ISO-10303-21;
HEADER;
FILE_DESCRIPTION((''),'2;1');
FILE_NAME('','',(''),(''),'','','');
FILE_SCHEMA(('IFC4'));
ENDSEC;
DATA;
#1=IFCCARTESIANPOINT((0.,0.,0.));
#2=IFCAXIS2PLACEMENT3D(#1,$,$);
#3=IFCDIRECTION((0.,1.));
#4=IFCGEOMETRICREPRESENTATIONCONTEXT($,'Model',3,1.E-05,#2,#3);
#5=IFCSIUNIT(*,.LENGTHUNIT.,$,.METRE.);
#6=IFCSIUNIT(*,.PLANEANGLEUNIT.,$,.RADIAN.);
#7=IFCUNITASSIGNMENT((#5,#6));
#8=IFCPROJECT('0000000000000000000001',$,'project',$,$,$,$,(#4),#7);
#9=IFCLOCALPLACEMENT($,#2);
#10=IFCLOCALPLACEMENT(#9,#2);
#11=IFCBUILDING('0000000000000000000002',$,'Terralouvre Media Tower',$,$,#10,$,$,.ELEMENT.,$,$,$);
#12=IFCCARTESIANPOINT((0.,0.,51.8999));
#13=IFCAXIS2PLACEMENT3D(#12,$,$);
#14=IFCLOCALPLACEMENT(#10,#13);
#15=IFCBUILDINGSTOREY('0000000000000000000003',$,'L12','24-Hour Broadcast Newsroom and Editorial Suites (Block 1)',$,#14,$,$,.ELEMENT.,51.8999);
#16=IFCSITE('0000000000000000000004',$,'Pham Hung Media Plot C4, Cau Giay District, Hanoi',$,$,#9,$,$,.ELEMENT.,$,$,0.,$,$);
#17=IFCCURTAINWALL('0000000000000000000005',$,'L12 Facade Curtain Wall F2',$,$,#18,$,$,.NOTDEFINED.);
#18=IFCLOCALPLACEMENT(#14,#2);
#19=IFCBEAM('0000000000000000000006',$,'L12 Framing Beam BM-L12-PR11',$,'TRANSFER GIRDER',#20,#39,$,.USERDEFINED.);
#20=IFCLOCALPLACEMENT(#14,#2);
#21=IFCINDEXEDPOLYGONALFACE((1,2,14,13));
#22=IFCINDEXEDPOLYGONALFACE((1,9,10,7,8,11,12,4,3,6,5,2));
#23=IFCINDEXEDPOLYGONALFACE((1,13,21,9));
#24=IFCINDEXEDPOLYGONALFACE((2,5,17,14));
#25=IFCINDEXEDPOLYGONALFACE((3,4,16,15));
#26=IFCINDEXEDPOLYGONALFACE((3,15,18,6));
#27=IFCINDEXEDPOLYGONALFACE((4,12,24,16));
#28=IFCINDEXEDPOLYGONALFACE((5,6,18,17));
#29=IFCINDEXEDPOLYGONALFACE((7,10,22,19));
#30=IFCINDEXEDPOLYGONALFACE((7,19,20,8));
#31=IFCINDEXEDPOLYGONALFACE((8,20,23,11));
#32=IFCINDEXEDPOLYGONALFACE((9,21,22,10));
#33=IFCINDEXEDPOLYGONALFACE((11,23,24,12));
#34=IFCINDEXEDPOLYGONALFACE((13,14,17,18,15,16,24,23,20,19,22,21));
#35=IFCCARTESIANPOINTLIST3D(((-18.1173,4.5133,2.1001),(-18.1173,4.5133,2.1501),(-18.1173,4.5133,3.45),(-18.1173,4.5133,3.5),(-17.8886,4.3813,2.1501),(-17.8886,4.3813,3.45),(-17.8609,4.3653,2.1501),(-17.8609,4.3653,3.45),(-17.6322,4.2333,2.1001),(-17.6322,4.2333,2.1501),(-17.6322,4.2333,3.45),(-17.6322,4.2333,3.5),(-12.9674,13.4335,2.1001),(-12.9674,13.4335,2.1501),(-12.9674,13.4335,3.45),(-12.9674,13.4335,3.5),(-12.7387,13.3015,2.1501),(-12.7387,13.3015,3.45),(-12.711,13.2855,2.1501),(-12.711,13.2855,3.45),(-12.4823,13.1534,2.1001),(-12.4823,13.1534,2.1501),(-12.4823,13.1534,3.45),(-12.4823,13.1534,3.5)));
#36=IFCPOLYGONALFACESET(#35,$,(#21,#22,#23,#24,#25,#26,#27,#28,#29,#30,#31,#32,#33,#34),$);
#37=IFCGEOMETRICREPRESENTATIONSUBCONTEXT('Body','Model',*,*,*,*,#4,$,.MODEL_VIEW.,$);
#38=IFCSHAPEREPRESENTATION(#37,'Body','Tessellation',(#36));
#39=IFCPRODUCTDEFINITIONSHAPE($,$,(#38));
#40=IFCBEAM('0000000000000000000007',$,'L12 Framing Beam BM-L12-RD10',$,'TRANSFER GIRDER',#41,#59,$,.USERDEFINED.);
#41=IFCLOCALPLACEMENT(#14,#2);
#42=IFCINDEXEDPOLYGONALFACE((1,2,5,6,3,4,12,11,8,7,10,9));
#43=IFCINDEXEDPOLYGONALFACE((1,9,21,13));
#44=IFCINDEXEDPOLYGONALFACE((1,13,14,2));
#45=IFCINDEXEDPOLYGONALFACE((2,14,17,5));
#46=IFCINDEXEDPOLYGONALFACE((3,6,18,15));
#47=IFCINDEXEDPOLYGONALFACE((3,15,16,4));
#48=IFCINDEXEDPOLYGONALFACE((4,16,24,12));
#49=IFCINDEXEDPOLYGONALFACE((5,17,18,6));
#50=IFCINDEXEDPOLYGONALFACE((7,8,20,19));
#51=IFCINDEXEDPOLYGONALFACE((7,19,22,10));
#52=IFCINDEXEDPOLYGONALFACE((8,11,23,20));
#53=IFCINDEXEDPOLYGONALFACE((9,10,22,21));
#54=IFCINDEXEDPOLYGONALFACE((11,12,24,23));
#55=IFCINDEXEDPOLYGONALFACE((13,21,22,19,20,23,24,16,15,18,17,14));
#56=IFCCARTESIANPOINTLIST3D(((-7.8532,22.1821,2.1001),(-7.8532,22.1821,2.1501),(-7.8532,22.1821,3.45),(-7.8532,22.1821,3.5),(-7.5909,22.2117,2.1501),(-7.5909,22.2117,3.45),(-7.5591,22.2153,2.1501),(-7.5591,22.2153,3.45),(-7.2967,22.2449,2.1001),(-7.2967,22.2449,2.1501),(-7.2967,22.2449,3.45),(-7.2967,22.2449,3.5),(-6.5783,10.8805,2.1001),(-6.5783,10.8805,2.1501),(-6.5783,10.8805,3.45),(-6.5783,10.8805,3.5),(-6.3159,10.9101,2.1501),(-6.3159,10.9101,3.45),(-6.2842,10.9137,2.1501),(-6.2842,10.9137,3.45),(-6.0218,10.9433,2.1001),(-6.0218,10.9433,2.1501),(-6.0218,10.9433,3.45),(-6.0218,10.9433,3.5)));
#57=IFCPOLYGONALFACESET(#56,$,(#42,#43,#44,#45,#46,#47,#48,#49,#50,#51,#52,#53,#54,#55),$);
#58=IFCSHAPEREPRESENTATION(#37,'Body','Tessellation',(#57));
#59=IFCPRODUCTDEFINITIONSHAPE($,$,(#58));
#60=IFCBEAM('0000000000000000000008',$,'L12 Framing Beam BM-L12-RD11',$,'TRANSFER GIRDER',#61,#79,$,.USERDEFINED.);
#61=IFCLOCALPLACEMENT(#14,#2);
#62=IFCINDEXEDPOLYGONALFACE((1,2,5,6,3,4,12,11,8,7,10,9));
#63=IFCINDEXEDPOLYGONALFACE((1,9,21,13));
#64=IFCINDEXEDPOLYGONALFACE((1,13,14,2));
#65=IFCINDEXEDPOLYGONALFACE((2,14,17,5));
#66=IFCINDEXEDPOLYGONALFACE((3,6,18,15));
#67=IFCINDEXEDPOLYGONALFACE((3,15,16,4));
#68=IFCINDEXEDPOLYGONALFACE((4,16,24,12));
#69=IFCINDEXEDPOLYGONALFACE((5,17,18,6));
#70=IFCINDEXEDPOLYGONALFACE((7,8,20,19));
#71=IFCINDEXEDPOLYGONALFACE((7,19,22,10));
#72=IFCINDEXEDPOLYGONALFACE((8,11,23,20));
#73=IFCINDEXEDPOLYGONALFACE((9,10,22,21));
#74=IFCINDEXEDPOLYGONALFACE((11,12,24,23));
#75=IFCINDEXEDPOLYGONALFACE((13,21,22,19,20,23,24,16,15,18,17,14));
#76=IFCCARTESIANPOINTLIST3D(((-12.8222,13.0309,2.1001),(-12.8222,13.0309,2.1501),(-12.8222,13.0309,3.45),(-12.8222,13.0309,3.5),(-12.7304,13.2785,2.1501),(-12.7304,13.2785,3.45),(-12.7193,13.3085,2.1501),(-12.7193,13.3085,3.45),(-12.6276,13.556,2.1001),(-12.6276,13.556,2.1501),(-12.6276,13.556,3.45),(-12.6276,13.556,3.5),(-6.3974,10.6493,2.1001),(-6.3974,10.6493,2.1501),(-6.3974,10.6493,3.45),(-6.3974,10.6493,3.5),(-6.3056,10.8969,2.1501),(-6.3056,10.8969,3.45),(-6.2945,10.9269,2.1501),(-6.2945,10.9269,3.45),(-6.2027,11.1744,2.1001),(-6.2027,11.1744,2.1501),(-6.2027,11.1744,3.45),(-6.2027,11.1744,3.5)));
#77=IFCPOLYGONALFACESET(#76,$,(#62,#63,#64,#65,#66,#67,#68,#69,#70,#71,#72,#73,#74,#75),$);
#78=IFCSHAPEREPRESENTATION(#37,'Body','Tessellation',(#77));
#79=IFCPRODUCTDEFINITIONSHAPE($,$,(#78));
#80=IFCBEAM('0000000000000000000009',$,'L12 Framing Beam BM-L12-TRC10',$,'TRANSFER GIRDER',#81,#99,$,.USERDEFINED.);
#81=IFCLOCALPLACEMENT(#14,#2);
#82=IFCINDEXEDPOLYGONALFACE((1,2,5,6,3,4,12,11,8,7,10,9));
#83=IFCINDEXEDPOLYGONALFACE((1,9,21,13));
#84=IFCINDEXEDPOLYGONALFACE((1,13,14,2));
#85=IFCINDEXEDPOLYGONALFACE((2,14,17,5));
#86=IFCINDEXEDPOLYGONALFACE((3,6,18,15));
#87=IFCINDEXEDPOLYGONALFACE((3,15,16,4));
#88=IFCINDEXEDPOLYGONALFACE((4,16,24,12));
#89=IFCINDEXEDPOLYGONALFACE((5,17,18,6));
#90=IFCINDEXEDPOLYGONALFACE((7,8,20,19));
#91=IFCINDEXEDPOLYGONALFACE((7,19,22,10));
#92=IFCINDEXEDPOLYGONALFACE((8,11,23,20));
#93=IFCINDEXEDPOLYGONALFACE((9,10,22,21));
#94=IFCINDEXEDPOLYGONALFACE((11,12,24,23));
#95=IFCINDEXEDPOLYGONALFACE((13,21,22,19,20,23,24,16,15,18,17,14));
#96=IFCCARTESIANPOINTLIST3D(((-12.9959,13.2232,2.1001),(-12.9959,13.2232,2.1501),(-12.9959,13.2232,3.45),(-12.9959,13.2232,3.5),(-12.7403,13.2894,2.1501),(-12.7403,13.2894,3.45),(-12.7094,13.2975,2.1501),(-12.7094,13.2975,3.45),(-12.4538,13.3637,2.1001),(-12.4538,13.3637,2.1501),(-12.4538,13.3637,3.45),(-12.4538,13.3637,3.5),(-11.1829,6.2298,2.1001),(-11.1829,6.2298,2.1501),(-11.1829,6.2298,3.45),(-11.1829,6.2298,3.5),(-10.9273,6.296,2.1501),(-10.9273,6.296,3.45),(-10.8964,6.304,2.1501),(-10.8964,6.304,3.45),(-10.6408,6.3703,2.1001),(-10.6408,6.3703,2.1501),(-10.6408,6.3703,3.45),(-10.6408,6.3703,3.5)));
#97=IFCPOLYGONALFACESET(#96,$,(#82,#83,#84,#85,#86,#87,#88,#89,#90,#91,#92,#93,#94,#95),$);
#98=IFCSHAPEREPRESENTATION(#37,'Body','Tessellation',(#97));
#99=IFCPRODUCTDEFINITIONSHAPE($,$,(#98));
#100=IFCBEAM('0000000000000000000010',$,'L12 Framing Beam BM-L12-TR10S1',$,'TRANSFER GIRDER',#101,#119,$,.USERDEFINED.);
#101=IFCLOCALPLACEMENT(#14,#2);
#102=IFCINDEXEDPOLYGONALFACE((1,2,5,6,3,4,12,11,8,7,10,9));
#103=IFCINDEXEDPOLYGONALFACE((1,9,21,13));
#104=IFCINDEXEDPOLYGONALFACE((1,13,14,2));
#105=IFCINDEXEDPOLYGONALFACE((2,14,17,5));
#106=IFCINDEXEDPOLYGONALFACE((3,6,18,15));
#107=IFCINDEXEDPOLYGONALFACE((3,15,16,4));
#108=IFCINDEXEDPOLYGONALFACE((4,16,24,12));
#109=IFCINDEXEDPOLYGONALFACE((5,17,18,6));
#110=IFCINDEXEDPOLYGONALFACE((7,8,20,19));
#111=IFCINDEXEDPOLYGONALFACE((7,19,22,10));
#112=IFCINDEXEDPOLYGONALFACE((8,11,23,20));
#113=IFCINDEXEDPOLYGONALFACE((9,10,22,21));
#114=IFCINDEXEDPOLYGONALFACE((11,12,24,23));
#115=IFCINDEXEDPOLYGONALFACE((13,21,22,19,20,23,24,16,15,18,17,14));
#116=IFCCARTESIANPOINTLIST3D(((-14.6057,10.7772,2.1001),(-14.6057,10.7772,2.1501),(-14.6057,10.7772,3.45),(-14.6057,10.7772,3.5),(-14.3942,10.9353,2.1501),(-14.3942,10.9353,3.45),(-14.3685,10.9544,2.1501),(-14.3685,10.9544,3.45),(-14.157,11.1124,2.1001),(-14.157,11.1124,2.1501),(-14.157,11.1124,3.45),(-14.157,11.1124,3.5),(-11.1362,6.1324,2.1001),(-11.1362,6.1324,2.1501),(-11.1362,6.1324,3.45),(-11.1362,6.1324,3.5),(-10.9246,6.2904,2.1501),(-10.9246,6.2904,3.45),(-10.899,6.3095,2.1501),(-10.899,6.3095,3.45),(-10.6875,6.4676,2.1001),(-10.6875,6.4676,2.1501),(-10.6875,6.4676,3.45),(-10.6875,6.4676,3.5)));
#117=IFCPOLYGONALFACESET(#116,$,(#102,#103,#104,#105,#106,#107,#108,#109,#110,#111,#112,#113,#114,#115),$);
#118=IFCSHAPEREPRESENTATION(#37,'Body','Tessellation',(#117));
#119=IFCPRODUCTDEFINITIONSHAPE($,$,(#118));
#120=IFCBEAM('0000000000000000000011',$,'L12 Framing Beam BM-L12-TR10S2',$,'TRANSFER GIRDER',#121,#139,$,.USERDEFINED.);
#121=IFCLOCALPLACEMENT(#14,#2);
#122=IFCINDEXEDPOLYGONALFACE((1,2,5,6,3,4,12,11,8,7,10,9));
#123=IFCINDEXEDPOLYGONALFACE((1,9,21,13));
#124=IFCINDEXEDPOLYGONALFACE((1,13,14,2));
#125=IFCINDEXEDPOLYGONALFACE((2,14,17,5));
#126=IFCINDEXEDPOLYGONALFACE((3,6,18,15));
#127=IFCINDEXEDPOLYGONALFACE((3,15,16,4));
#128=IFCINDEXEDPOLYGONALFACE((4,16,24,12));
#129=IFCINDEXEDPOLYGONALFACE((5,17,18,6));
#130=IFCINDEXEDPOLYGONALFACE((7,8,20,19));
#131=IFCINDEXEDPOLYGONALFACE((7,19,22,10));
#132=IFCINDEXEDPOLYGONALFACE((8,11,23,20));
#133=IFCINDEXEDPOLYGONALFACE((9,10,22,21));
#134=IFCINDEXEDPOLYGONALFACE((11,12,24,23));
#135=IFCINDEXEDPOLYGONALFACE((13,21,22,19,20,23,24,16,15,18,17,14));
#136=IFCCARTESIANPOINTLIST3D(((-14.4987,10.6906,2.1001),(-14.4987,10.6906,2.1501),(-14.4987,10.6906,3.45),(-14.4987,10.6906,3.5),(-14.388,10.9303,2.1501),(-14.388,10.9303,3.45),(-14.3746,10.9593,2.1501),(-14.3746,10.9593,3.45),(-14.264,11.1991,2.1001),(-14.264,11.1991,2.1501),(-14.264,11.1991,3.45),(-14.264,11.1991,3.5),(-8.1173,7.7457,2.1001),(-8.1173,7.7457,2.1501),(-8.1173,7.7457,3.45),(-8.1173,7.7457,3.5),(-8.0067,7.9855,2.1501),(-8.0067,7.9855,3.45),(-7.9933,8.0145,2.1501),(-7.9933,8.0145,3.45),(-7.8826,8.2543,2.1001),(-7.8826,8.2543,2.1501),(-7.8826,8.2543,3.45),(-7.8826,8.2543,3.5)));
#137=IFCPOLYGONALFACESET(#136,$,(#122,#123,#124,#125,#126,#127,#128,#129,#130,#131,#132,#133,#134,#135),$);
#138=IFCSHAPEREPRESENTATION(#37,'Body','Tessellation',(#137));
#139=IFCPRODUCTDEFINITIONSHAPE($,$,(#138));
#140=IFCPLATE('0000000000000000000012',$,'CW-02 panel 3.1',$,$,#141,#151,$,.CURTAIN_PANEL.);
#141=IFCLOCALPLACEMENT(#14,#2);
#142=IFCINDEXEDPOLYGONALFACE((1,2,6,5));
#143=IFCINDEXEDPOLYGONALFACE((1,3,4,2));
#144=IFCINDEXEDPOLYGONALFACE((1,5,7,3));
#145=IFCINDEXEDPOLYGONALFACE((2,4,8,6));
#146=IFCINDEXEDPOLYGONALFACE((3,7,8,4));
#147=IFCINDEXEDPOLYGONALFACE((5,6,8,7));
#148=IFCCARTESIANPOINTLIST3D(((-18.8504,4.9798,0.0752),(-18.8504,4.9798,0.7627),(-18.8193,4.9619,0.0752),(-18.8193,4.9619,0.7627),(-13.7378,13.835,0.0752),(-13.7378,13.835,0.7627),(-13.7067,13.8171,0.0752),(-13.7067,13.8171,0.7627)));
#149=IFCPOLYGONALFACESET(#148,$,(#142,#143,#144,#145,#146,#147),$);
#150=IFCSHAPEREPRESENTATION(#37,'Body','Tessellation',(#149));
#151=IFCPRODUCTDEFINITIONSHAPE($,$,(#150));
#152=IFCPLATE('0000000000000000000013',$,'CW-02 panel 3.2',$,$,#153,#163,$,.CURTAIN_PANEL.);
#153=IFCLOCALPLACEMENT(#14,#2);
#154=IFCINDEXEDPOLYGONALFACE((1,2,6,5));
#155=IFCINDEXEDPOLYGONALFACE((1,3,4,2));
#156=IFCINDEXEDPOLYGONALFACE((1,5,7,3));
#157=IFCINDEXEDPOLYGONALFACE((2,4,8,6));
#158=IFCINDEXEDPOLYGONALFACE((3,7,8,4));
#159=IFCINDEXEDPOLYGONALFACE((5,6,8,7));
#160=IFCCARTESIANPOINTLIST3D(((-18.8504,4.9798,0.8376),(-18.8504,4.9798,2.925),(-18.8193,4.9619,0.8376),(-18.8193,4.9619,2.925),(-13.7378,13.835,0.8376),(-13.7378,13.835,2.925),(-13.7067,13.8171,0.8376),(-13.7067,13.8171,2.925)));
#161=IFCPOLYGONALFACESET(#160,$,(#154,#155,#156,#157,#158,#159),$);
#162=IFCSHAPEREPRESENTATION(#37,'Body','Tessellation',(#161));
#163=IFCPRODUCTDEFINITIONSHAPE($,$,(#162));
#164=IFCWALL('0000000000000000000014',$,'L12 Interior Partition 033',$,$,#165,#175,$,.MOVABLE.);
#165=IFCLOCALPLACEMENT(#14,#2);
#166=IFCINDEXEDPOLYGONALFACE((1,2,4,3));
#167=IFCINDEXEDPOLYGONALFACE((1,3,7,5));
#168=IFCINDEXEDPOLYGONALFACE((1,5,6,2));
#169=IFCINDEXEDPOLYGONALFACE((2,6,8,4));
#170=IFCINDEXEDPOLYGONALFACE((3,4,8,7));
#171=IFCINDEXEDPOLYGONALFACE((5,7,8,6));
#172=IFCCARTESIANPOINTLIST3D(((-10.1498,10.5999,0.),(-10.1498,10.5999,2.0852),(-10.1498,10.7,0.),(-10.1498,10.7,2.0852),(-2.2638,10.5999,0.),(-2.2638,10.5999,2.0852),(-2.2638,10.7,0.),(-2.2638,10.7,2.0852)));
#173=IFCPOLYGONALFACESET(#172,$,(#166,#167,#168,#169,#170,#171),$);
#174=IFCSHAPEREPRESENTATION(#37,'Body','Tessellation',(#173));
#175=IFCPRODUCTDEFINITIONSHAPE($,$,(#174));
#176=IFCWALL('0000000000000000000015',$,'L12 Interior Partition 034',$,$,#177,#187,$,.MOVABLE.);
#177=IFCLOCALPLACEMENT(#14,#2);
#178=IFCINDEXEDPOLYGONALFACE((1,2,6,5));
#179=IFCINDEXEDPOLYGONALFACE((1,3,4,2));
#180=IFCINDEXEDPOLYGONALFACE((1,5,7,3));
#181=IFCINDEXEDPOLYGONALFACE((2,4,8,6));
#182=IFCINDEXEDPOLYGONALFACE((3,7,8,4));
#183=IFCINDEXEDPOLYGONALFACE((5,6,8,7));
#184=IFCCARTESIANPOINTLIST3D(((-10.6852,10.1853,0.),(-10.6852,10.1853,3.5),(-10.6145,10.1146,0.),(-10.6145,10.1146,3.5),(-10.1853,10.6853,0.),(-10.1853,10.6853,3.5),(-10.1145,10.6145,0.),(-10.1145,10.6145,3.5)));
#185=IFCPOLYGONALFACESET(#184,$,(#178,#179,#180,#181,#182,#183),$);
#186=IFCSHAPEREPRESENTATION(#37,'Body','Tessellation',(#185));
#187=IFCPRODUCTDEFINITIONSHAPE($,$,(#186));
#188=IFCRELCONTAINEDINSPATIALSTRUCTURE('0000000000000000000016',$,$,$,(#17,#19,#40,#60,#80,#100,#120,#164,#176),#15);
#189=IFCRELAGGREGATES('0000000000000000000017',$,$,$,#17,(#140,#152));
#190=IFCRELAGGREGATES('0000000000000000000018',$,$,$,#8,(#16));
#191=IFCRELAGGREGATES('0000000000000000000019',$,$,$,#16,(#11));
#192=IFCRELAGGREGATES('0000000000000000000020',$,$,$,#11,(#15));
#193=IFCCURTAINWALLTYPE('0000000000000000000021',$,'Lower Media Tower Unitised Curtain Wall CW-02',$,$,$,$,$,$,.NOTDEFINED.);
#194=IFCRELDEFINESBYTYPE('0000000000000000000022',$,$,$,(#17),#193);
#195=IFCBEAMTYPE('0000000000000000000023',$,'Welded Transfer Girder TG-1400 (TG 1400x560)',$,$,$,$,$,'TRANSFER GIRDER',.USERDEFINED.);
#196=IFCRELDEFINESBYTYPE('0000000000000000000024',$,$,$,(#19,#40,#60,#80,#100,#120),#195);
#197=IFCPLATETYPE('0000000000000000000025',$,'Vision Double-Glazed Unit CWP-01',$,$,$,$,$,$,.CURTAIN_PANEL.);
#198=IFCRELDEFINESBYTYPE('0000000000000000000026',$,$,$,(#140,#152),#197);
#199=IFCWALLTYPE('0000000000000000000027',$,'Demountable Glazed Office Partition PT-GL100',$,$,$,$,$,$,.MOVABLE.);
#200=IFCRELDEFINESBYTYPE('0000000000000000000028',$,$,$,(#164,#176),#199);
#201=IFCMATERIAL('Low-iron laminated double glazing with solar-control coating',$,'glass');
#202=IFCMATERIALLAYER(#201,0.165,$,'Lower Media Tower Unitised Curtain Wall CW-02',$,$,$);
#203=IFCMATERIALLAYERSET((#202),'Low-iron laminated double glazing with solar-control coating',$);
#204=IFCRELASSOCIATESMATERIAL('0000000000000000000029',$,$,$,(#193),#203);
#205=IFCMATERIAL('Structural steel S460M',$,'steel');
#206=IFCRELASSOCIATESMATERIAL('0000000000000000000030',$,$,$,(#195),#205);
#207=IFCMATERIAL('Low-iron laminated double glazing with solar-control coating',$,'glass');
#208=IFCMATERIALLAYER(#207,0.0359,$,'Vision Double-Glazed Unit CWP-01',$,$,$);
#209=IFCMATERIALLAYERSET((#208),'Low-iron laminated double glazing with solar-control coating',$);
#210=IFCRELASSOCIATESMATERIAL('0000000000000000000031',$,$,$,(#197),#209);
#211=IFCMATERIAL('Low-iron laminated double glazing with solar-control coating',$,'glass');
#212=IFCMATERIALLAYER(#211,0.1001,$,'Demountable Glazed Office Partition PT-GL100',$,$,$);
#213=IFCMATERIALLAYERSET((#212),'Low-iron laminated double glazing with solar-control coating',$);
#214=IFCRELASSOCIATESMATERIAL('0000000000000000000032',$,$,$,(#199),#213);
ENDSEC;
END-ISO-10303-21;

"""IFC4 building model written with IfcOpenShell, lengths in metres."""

from ifc_helpers import new_model, si_unit, direction, frame, frame_2d, origin, origin_2d, place, context, subcontext, project, spatial, rectangle, i_section, extrude, material, layer, layer_set, material_profile, profile_set, type_object, element, aggregate, save


model = new_model("IFC4")

# Units and contexts
model_context = context("Model", 3, precision=1e-05, world=origin(), true_north=direction((0.0, 1.0)))
body_context = subcontext(model_context, "Body", "Model", "MODEL_VIEW")
ifc_project = project(units=[si_unit("LENGTHUNIT", "METRE"), si_unit("PLANEANGLEUNIT", "RADIAN")], contexts=[model_context])

# Site, building, storey
site_placement = place(None, origin())
site = spatial("IfcSite", under=ifc_project, at=site_placement, Name="Pham Hung Media Plot C4, Cau Giay District, Hanoi", CompositionType="ELEMENT", RefElevation=0.0)
building_placement = place(site_placement, origin())
building = spatial("IfcBuilding", under=site, at=building_placement, Name="Terralouvre Media Tower", CompositionType="ELEMENT")
storey_placement = place(building_placement, frame((0.0, 0.0, 51.8999)))
storey = spatial("IfcBuildingStorey", under=building, at=storey_placement, Name="L12", Description="24-Hour Broadcast Newsroom and Editorial Suites (Block 1)", CompositionType="ELEMENT", Elevation=51.8999)

# Curtain wall
ifc_material_1 = material(Name="Low-iron laminated double glazing with solar-control coating", Category="glass")
ifc_layer_1 = layer(ifc_material_1, 0.165, Name="Lower Media Tower Unitised Curtain Wall CW-02")
ifc_layer_set_1 = layer_set([ifc_layer_1], Name="Low-iron laminated double glazing with solar-control coating")
curtain_wall_type = type_object("IfcCurtainWallType", Name="Lower Media Tower Unitised Curtain Wall CW-02", PredefinedType="NOTDEFINED", material=ifc_layer_set_1)
curtain_wall_placement = place(storey_placement, origin())
curtain_wall = element("IfcCurtainWall", 1, at=curtain_wall_placement, inside=storey, type_object=curtain_wall_type, Name="L12 Facade Curtain Wall F2", PredefinedType="NOTDEFINED")

# Beams
ifc_material_2 = material(Name="Structural steel S460M", Category="steel")
ifc_material_profile_1 = material_profile(ifc_material_2, i_section(OverallWidth=0.5601, OverallDepth=1.3999, WebThickness=0.032, FlangeThickness=0.05, at=origin_2d()), Name="TG 1400x560")
ifc_profile_set_1 = profile_set([ifc_material_profile_1], Name="Structural steel S460M")
beam_type_1 = type_object("IfcBeamType", Name="Welded Transfer Girder TG-1400 (TG 1400x560)", ElementType="TRANSFER GIRDER", PredefinedType="USERDEFINED", material=ifc_profile_set_1)
beam_1_placement = place(storey_placement, frame((-12.7249, 13.2935, 2.8), z_axis=(-0.499989, -0.866032, 0.0), x_axis=(0.866032, -0.499989, 0.0)))
element("IfcBeam", 2, at=beam_1_placement, inside=storey, type_object=beam_type_1, Name="L12 Framing Beam BM-L12-PR11", ObjectType="TRANSFER GIRDER", PredefinedType="USERDEFINED", context=body_context, shape_type="SweptSolid", body=[
    extrude(i_section(OverallWidth=0.5601, OverallDepth=1.3999, WebThickness=0.032, FlangeThickness=0.05, at=origin_2d()), origin(), (0.0, 0.0, 1.0), 10.3),
])
beam_2_placement = place(storey_placement, frame((-6.3, 10.9119, 2.8), z_axis=(-0.112097, 0.993697, 0.0), x_axis=(-0.993697, -0.112097, 0.0)))
element("IfcBeam", 3, at=beam_2_placement, inside=storey, type_object=beam_type_1, Name="L12 Framing Beam BM-L12-RD10", ObjectType="TRANSFER GIRDER", PredefinedType="USERDEFINED", context=body_context, shape_type="SweptSolid", body=[
    extrude(i_section(OverallWidth=0.5601, OverallDepth=1.3999, WebThickness=0.032, FlangeThickness=0.05, at=origin_2d()), origin(), (0.0, 0.0, 1.0), 11.3733),
])
beam_3_placement = place(storey_placement, frame((-6.3, 10.9119, 2.8), z_axis=(-0.937652, 0.347575, 0.0), x_axis=(-0.347575, -0.937652, 0.0)))
element("IfcBeam", 4, at=beam_3_placement, inside=storey, type_object=beam_type_1, Name="L12 Framing Beam BM-L12-RD11", ObjectType="TRANSFER GIRDER", PredefinedType="USERDEFINED", context=body_context, shape_type="SweptSolid", body=[
    extrude(i_section(OverallWidth=0.5601, OverallDepth=1.3999, WebThickness=0.032, FlangeThickness=0.05, at=origin_2d()), origin(), (0.0, 0.0, 1.0), 6.8521),
])
beam_4_placement = place(storey_placement, frame((-12.7249, 13.2935, 2.8), z_axis=(0.250947, -0.968001, 0.0), x_axis=(0.968001, 0.250947, 0.0)))
element("IfcBeam", 5, at=beam_4_placement, inside=storey, type_object=beam_type_1, Name="L12 Framing Beam BM-L12-TRC10", ObjectType="TRANSFER GIRDER", PredefinedType="USERDEFINED", context=body_context, shape_type="SweptSolid", body=[
    extrude(i_section(OverallWidth=0.5601, OverallDepth=1.3999, WebThickness=0.032, FlangeThickness=0.05, at=origin_2d()), origin(), (0.0, 0.0, 1.0), 7.2246),
])
beam_5_placement = place(storey_placement, frame((-14.3813, 10.9448, 2.8), z_axis=(0.598442, -0.801166, 0.0), x_axis=(0.801166, 0.598442, 0.0)))
element("IfcBeam", 6, at=beam_5_placement, inside=storey, type_object=beam_type_1, Name="L12 Framing Beam BM-L12-TR10S1", ObjectType="TRANSFER GIRDER", PredefinedType="USERDEFINED", context=body_context, shape_type="SweptSolid", body=[
    extrude(i_section(OverallWidth=0.5601, OverallDepth=1.3999, WebThickness=0.032, FlangeThickness=0.05, at=origin_2d()), origin(), (0.0, 0.0, 1.0), 5.7976),
])
beam_6_placement = place(storey_placement, frame((-14.3813, 10.9448, 2.8), z_axis=(0.907982, -0.41901, 0.0), x_axis=(0.41901, 0.907982, 0.0)))
element("IfcBeam", 7, at=beam_6_placement, inside=storey, type_object=beam_type_1, Name="L12 Framing Beam BM-L12-TR10S2", ObjectType="TRANSFER GIRDER", PredefinedType="USERDEFINED", context=body_context, shape_type="SweptSolid", body=[
    extrude(i_section(OverallWidth=0.5601, OverallDepth=1.3999, WebThickness=0.032, FlangeThickness=0.05, at=origin_2d()), origin(), (0.0, 0.0, 1.0), 7.0281),
])

# Plates
ifc_material_3 = material(Name="Low-iron laminated double glazing with solar-control coating", Category="glass")
ifc_layer_2 = layer(ifc_material_3, 0.0359, Name="Vision Double-Glazed Unit CWP-01")
ifc_layer_set_2 = layer_set([ifc_layer_2], Name="Low-iron laminated double glazing with solar-control coating")
plate_type = type_object("IfcPlateType", Name="Vision Double-Glazed Unit CWP-01", PredefinedType="CURTAIN_PANEL", material=ifc_layer_set_2)
plate_1_placement = place(storey_placement, frame((-16.2786, 9.3984, 0.0752), z_axis=(0.0, 0.0, 1.0), x_axis=(-0.5, -0.866025, 0.0)))
plate_1 = element("IfcPlate", 8, at=plate_1_placement, type_object=plate_type, Name="CW-02 panel 3.1", PredefinedType="CURTAIN_PANEL", context=body_context, shape_type="SweptSolid", body=[
    extrude(rectangle(XDim=10.2251, YDim=0.0359, at=origin_2d()), origin(), (0.0, 0.0, 1.0), 0.6875),
])
plate_2_placement = place(storey_placement, frame((-16.2786, 9.3984, 0.8376), z_axis=(0.0, 0.0, 1.0), x_axis=(-0.5, -0.866025, 0.0)))
plate_2 = element("IfcPlate", 9, at=plate_2_placement, type_object=plate_type, Name="CW-02 panel 3.2", PredefinedType="CURTAIN_PANEL", context=body_context, shape_type="SweptSolid", body=[
    extrude(rectangle(XDim=10.2251, YDim=0.0359, at=origin_2d()), origin(), (0.0, 0.0, 1.0), 2.0874),
])
aggregate(curtain_wall, [plate_1, plate_2])

# Walls
ifc_material_4 = material(Name="Low-iron laminated double glazing with solar-control coating", Category="glass")
ifc_layer_3 = layer(ifc_material_4, 0.1001, Name="Demountable Glazed Office Partition PT-GL100")
ifc_layer_set_3 = layer_set([ifc_layer_3], Name="Low-iron laminated double glazing with solar-control coating")
wall_type_1 = type_object("IfcWallType", Name="Demountable Glazed Office Partition PT-GL100", PredefinedType="MOVABLE", material=ifc_layer_set_3)
wall_1_placement = place(storey_placement, frame((-2.2639, 10.6499, 0.0), z_axis=(0.0, 0.0, 1.0), x_axis=(-1.0, 0.0, 0.0)))
element("IfcWall", 10, at=wall_1_placement, inside=storey, type_object=wall_type_1, Name="L12 Interior Partition 033", PredefinedType="MOVABLE", context=body_context, shape_type="SweptSolid", body=[
    extrude(rectangle(XDim=7.886, YDim=0.1001, at=frame_2d((3.9429, 0.0))), origin(), (0.0, 0.0, 1.0), 2.0852),
])
wall_2_placement = place(storey_placement, frame((-10.1499, 10.6499, 0.0), z_axis=(0.0, 0.0, 1.0), x_axis=(-0.707107, -0.707107, 0.0)))
element("IfcWall", 11, at=wall_2_placement, inside=storey, type_object=wall_type_1, Name="L12 Interior Partition 034", PredefinedType="MOVABLE", context=body_context, shape_type="SweptSolid", body=[
    extrude(rectangle(XDim=0.707, YDim=0.1001, at=frame_2d((0.3535, 0.0))), origin(), (0.0, 0.0, 1.0), 3.5),
])

save(model, "model.ifc")
